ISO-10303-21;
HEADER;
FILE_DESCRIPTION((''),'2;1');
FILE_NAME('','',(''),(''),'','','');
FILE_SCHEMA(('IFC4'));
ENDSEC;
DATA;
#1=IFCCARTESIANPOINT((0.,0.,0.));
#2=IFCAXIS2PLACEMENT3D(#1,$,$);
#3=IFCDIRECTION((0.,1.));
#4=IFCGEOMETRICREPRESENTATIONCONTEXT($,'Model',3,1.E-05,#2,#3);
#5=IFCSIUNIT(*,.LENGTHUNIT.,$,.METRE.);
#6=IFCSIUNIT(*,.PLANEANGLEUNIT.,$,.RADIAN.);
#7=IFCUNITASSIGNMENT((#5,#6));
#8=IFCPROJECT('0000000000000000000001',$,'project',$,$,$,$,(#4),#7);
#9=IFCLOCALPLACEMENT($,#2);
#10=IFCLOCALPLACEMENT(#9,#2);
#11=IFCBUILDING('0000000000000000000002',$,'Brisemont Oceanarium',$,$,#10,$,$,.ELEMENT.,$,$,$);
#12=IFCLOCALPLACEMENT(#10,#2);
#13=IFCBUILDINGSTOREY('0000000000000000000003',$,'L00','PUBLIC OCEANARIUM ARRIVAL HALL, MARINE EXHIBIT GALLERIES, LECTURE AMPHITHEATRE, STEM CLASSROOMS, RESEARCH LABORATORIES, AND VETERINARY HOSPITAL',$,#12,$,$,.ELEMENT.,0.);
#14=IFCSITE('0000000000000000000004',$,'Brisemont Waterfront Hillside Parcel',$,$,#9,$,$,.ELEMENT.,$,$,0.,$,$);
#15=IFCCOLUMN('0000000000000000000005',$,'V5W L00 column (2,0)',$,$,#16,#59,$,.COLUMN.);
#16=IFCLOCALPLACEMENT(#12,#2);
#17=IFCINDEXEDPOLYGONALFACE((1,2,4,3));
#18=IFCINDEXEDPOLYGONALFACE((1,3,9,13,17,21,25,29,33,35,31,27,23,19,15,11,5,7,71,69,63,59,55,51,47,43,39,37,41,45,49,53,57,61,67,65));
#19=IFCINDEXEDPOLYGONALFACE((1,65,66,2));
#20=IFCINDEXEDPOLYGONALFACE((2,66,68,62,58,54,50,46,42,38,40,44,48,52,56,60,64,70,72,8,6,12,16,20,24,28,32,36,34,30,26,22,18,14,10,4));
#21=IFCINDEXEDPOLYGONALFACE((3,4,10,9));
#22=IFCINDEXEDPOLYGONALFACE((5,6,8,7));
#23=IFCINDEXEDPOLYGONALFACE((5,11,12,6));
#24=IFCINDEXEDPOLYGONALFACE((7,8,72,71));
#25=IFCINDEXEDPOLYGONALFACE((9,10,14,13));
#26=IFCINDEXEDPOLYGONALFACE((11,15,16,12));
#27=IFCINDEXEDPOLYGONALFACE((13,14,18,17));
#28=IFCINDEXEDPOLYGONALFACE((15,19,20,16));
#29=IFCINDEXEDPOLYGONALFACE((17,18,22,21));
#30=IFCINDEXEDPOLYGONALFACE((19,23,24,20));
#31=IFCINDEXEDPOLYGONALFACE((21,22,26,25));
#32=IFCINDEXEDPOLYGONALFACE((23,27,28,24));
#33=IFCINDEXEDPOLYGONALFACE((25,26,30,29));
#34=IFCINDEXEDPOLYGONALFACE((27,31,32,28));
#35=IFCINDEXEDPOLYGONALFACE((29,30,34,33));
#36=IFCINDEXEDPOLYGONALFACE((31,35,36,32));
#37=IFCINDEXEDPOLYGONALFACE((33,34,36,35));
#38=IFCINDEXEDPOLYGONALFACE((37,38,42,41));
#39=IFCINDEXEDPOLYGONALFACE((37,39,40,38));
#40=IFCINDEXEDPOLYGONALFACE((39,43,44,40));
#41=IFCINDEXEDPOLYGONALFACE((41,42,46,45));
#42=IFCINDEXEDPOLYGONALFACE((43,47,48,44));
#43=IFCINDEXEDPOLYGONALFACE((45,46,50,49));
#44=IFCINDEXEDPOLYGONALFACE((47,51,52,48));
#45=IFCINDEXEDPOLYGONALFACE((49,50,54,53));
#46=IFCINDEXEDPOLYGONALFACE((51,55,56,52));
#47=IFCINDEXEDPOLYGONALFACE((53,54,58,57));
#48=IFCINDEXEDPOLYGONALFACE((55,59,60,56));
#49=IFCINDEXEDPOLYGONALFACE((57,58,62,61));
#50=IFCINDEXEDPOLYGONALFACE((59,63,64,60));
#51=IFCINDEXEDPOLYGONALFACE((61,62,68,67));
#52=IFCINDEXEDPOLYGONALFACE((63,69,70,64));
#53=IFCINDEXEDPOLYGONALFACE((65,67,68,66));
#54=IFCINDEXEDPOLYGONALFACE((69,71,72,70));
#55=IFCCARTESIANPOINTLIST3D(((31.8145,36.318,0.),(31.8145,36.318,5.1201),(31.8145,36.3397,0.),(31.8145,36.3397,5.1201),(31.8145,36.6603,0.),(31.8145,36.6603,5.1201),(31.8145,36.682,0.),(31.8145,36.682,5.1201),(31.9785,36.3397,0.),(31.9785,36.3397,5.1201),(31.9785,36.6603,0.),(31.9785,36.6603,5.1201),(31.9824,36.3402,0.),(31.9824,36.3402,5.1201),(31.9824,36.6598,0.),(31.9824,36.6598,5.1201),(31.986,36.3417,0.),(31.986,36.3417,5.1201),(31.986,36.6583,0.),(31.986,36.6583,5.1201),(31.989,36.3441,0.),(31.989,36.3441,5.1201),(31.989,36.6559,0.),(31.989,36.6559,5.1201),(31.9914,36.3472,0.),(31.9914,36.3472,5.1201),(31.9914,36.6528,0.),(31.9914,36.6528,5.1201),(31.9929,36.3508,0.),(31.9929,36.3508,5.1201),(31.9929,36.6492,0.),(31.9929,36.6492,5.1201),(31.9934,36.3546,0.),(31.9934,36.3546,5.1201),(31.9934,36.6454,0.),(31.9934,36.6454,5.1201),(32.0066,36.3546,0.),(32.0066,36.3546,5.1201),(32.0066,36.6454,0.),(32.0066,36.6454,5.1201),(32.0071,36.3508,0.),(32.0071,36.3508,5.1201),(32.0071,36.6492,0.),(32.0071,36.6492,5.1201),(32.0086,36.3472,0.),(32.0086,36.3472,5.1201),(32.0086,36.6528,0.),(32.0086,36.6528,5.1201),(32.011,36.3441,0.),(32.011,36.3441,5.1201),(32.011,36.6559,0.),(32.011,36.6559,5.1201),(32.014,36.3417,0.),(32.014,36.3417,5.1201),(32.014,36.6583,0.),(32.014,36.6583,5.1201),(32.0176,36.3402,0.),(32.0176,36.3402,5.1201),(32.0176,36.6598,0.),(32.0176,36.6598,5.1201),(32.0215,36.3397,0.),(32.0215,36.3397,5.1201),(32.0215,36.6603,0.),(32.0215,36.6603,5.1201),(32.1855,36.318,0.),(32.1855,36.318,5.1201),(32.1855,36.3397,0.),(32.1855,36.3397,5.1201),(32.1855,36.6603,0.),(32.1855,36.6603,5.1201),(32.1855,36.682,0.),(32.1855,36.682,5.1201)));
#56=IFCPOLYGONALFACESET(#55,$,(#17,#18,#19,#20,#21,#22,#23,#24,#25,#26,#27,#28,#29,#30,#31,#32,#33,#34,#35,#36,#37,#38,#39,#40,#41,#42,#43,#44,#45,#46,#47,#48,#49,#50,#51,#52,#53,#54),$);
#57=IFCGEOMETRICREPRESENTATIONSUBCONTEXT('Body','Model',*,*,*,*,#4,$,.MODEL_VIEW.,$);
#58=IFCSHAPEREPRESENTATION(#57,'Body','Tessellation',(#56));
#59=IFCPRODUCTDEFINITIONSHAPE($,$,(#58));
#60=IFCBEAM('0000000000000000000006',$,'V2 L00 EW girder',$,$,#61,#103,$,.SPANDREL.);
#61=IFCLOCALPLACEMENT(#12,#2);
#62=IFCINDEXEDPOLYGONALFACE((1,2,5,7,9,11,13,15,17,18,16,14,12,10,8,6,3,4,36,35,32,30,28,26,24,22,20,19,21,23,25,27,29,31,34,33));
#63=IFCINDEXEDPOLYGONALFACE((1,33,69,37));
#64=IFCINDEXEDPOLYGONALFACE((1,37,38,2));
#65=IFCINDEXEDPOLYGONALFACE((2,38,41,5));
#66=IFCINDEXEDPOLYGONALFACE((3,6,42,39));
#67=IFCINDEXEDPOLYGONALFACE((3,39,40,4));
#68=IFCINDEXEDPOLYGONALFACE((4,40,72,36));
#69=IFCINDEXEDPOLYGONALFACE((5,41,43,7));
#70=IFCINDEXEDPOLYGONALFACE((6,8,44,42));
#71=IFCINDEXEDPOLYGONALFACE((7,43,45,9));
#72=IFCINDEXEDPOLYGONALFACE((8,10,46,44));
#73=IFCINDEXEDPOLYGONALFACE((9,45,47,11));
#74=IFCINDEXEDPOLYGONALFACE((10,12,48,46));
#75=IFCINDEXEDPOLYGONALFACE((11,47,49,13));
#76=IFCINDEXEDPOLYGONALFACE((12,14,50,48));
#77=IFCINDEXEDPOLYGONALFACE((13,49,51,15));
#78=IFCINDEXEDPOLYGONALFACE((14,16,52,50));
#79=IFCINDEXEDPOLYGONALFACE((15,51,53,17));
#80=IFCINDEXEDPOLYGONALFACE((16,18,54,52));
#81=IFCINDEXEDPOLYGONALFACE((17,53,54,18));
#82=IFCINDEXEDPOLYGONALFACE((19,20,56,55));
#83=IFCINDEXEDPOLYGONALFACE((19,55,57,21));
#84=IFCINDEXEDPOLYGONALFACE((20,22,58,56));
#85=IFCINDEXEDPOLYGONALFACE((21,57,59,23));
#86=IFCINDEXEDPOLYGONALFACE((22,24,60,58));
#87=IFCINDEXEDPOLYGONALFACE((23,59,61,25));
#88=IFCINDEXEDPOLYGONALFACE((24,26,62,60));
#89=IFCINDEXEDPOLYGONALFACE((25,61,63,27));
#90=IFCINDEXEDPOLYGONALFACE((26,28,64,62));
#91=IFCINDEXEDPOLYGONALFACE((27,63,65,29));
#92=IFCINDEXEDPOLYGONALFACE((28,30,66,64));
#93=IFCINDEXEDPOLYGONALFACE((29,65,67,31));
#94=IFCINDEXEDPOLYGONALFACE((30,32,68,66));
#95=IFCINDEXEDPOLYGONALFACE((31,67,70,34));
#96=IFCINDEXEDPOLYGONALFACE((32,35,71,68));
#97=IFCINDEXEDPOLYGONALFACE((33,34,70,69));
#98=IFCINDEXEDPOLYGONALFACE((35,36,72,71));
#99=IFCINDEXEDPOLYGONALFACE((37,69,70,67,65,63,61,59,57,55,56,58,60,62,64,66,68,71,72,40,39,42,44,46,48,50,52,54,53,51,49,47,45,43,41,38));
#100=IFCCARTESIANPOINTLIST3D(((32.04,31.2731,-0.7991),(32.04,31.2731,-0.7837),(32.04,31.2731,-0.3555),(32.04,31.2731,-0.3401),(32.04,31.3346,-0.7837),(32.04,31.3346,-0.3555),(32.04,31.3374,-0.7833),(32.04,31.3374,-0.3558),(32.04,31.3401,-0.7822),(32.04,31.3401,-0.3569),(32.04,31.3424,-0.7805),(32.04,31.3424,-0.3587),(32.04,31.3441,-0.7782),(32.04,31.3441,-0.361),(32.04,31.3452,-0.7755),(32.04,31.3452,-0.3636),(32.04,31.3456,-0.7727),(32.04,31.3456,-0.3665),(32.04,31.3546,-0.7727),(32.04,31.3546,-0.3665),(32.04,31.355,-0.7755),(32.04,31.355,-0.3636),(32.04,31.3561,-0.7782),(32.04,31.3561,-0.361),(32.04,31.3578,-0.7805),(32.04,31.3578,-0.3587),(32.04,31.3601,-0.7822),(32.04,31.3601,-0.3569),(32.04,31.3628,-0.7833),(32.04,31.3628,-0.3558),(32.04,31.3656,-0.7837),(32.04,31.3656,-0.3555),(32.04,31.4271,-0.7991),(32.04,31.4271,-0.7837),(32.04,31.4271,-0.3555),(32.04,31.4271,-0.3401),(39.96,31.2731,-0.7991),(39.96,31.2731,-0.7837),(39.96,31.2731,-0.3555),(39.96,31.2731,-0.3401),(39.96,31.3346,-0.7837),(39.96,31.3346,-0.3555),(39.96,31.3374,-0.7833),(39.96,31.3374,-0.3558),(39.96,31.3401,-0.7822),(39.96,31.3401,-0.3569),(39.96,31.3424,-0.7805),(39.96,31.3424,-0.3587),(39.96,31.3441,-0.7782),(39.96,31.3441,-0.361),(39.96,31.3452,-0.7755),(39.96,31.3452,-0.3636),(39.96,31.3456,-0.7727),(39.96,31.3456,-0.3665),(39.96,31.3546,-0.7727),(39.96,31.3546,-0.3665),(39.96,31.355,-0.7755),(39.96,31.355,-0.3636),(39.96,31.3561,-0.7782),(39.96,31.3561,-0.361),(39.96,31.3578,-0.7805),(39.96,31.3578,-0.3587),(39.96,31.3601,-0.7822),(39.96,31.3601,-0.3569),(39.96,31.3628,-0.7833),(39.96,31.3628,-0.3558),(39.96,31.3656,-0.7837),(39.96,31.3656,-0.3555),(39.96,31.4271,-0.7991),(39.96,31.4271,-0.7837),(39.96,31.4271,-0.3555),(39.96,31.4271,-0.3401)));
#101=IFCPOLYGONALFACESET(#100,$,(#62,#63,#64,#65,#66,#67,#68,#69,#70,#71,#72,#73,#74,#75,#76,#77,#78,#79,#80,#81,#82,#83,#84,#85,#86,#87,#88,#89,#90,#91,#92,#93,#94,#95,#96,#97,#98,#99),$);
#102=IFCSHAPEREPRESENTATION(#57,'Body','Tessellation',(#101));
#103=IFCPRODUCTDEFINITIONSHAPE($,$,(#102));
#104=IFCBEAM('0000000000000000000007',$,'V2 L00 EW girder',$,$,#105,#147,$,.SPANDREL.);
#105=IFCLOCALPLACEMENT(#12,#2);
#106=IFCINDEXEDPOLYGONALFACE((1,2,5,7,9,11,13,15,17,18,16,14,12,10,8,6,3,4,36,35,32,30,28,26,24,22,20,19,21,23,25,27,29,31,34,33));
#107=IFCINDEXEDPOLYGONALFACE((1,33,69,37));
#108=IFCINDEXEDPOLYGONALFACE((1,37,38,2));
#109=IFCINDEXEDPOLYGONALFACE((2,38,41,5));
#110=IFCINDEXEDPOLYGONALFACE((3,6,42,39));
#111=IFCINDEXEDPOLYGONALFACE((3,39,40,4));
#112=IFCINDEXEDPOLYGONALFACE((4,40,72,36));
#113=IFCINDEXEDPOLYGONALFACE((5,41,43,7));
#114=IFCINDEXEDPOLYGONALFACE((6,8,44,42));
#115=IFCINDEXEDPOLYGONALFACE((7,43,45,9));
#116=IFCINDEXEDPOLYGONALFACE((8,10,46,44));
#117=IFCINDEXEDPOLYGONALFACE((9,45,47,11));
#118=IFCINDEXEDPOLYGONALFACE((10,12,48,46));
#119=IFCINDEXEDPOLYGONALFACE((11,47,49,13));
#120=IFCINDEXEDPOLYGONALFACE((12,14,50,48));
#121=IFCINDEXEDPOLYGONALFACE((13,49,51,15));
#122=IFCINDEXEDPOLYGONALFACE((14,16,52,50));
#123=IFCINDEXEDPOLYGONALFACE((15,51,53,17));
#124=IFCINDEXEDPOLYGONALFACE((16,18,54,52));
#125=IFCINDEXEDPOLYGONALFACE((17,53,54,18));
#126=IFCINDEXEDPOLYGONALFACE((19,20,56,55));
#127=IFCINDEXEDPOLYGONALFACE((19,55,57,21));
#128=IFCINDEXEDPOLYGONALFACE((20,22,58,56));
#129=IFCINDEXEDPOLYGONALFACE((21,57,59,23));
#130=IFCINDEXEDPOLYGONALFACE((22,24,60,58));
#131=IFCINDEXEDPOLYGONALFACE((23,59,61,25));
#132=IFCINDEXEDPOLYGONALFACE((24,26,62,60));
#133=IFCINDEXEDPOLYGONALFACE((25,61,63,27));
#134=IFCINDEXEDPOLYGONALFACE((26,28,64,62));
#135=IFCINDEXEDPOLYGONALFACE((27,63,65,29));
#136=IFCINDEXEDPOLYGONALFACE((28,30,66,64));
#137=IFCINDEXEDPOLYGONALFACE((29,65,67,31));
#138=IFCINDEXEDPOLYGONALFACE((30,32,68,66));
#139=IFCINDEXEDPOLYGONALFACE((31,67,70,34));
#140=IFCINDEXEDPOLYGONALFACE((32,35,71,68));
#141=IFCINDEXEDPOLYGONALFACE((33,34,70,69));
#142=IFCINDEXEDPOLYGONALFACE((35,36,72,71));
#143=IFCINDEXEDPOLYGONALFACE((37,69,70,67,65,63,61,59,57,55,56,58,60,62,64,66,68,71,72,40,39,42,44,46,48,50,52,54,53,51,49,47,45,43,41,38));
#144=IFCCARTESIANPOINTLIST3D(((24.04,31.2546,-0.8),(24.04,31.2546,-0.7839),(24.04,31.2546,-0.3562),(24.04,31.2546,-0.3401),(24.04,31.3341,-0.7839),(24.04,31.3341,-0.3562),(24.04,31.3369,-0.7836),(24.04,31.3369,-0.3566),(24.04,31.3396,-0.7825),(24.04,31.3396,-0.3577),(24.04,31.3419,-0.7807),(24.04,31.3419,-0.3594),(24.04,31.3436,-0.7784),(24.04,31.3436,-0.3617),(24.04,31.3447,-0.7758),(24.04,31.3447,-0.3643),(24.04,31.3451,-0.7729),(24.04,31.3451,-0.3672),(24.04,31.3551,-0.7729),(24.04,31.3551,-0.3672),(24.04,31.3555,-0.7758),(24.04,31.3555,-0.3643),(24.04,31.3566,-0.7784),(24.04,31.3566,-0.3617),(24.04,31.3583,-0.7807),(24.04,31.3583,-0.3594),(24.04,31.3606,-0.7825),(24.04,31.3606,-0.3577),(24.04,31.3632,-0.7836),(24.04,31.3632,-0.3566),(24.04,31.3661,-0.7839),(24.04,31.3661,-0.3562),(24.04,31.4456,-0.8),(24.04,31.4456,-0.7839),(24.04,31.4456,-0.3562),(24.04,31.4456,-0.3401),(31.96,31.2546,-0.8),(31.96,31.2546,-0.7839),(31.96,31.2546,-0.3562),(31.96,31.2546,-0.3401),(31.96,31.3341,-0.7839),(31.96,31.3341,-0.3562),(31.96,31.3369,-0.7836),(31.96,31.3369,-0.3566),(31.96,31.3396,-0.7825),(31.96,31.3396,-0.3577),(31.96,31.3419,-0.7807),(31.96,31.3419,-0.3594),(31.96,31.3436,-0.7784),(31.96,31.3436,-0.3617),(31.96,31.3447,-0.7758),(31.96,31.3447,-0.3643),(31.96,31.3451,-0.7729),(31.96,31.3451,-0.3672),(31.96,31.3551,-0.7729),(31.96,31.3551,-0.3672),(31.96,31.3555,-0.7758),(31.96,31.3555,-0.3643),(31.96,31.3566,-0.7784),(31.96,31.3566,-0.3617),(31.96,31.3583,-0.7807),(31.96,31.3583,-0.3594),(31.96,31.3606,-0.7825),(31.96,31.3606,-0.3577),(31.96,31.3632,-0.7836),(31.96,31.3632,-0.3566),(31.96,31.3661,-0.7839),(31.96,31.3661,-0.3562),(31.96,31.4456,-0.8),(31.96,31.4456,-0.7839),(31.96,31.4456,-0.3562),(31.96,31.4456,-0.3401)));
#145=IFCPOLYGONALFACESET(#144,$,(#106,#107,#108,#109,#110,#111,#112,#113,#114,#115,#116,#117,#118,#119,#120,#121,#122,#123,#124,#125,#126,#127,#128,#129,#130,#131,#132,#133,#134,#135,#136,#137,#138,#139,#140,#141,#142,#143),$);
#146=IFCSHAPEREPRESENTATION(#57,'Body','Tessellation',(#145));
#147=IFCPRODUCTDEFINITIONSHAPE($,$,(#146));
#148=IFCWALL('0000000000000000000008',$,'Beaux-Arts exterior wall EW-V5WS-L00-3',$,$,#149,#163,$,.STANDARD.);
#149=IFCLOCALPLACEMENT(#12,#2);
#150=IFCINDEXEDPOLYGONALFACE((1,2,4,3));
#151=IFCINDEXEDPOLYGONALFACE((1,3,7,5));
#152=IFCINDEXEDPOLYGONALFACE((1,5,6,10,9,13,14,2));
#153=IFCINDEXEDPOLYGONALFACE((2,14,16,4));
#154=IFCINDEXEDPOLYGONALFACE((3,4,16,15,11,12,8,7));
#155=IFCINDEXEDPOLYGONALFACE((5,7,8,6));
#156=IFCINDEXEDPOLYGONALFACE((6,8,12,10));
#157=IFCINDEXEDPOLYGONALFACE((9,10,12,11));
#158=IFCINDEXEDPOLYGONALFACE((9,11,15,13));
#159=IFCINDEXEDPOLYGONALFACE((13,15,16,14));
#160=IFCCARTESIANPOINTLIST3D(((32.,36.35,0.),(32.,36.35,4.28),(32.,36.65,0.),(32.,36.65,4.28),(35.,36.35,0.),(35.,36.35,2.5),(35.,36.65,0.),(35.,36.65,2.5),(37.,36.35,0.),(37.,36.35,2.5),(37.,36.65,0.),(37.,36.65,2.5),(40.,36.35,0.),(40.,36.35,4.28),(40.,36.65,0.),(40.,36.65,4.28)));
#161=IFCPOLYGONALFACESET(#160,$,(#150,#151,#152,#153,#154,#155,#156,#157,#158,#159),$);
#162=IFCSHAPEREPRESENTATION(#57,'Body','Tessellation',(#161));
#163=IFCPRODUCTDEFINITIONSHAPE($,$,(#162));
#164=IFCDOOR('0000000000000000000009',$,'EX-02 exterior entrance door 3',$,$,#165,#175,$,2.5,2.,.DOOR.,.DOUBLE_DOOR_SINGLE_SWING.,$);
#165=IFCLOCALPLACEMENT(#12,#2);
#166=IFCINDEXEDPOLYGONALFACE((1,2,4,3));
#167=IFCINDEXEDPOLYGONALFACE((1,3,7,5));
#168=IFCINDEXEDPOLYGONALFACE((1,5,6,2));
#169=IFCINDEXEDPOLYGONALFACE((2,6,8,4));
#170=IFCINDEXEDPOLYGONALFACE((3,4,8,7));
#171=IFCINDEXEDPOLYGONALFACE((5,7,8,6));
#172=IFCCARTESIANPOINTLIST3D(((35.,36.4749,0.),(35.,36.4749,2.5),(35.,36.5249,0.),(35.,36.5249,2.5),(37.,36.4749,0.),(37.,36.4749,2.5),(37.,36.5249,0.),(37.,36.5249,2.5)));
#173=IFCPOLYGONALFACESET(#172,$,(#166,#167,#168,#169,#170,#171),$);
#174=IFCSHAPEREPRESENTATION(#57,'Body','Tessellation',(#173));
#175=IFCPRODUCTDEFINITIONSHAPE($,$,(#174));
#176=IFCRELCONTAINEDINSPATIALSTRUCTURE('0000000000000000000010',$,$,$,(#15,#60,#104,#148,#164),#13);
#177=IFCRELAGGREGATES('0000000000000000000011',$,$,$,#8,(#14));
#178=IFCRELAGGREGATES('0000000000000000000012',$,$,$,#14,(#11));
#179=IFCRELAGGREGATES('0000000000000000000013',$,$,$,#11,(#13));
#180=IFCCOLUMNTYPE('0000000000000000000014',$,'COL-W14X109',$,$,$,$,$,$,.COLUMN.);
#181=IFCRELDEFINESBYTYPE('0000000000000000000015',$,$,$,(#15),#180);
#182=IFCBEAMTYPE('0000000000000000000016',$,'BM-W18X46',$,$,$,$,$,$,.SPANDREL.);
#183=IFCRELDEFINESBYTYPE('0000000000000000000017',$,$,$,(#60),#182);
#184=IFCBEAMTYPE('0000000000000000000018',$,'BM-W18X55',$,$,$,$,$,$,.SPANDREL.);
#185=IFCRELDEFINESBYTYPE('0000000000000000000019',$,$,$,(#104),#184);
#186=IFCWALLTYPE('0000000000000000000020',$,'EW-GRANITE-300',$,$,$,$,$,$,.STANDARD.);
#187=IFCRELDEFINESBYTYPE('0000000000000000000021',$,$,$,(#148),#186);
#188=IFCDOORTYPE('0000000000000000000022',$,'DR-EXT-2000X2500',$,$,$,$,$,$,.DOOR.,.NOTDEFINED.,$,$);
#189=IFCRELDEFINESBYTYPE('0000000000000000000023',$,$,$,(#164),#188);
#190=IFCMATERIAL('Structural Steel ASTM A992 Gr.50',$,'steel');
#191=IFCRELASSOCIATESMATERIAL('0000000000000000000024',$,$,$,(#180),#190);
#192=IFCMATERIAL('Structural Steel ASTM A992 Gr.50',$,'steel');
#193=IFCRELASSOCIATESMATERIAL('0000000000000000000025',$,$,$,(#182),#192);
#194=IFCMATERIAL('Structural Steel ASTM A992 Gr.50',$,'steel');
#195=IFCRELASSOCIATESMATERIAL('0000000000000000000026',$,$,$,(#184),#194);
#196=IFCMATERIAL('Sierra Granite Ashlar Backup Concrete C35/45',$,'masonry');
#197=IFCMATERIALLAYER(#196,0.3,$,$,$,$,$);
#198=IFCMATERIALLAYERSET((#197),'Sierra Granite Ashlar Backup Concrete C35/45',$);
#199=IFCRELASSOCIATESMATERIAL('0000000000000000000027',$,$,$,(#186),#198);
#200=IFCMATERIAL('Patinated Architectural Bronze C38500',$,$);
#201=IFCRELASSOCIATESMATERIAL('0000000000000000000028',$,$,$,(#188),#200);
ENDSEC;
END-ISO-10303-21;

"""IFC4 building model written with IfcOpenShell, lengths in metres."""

from ifc_helpers import new_model, si_unit, direction, frame, frame_2d, origin, origin_2d, place, context, subcontext, project, spatial, rectangle, i_section, extrude, material, layer, layer_set, material_profile, profile_set, type_object, element, fill, save


model = new_model("IFC4")

# Units and contexts
model_context = context("Model", 3, precision=1e-05, world=origin(), true_north=direction((0.0, 1.0)))
body_context = subcontext(model_context, "Body", "Model", "MODEL_VIEW")
ifc_project = project(units=[si_unit("LENGTHUNIT", "METRE"), si_unit("PLANEANGLEUNIT", "RADIAN")], contexts=[model_context])

# Site, building, storey
site_placement = place(None, origin())
site = spatial("IfcSite", under=ifc_project, at=site_placement, Name="Brisemont Waterfront Hillside Parcel", CompositionType="ELEMENT", RefElevation=0.0)
building_placement = place(site_placement, origin())
building = spatial("IfcBuilding", under=site, at=building_placement, Name="Brisemont Oceanarium", CompositionType="ELEMENT")
storey_placement = place(building_placement, origin())
storey = spatial("IfcBuildingStorey", under=building, at=storey_placement, Name="L00", Description="PUBLIC OCEANARIUM ARRIVAL HALL, MARINE EXHIBIT GALLERIES, LECTURE AMPHITHEATRE, STEM CLASSROOMS, RESEARCH LABORATORIES, AND VETERINARY HOSPITAL", CompositionType="ELEMENT", Elevation=0.0)

# Column
ifc_material_1 = material(Name="Structural Steel ASTM A992 Gr.50", Category="steel")
ifc_material_profile_1 = material_profile(ifc_material_1, i_section(OverallWidth=0.3711, OverallDepth=0.364, WebThickness=0.0132, FlangeThickness=0.0217, FilletRadius=0.0149, at=origin_2d()), Name="W14X109")
ifc_profile_set_1 = profile_set([ifc_material_profile_1], Name="Structural Steel ASTM A992 Gr.50")
column_type_1 = type_object("IfcColumnType", Name="COL-W14X109", PredefinedType="COLUMN", material=ifc_profile_set_1)
column_1_placement = place(storey_placement, frame((32.0, 36.5, 0.0), z_axis=(0.0, 0.0, 1.0), x_axis=(1.0, 0.0, 0.0)))
element("IfcColumn", 1, at=column_1_placement, inside=storey, type_object=column_type_1, Name="V5W L00 column (2,0)", PredefinedType="COLUMN", context=body_context, shape_type="SweptSolid", body=[
    extrude(i_section(OverallWidth=0.3711, OverallDepth=0.364, WebThickness=0.0132, FlangeThickness=0.0217, FilletRadius=0.0149, at=origin_2d()), origin(), (0.0, 0.0, 1.0), 5.1201),
])

# Beams
ifc_material_2 = material(Name="Structural Steel ASTM A992 Gr.50", Category="steel")
ifc_material_profile_2 = material_profile(ifc_material_2, i_section(OverallWidth=0.1541, OverallDepth=0.459, WebThickness=0.009, FlangeThickness=0.0154, FilletRadius=0.011, at=origin_2d()), Name="W18X46")
ifc_profile_set_2 = profile_set([ifc_material_profile_2], Name="Structural Steel ASTM A992 Gr.50")
beam_type_1 = type_object("IfcBeamType", Name="BM-W18X46", PredefinedType="SPANDREL", material=ifc_profile_set_2)
beam_1_placement = place(storey_placement, frame((32.04, 31.3501, -0.5696), z_axis=(1.0, 0.0, 0.0), x_axis=(0.0, 1.0, 0.0)))
element("IfcBeam", 2, at=beam_1_placement, inside=storey, type_object=beam_type_1, Name="V2 L00 EW girder", PredefinedType="SPANDREL", context=body_context, shape_type="SweptSolid", body=[
    extrude(i_section(OverallWidth=0.1541, OverallDepth=0.459, WebThickness=0.009, FlangeThickness=0.0154, FilletRadius=0.011, at=origin_2d()), origin(), (0.0, 0.0, 1.0), 7.9199),
])
ifc_material_3 = material(Name="Structural Steel ASTM A992 Gr.50", Category="steel")
ifc_material_profile_3 = material_profile(ifc_material_3, i_section(OverallWidth=0.1909, OverallDepth=0.46, WebThickness=0.01, FlangeThickness=0.0161, FilletRadius=0.011, at=origin_2d()), Name="W18X55")
ifc_profile_set_3 = profile_set([ifc_material_profile_3], Name="Structural Steel ASTM A992 Gr.50")
beam_type_2 = type_object("IfcBeamType", Name="BM-W18X55", PredefinedType="SPANDREL", material=ifc_profile_set_3)
beam_2_placement = place(storey_placement, frame((24.04, 31.3501, -0.5701), z_axis=(1.0, 0.0, 0.0), x_axis=(0.0, 1.0, 0.0)))
element("IfcBeam", 3, at=beam_2_placement, inside=storey, type_object=beam_type_2, Name="V2 L00 EW girder", PredefinedType="SPANDREL", context=body_context, shape_type="SweptSolid", body=[
    extrude(i_section(OverallWidth=0.1909, OverallDepth=0.46, WebThickness=0.01, FlangeThickness=0.0161, FilletRadius=0.011, at=origin_2d()), origin(), (0.0, 0.0, 1.0), 7.9199),
])

# Wall, opening, door
ifc_material_4 = material(Name="Sierra Granite Ashlar Backup Concrete C35/45", Category="masonry")
ifc_layer_1 = layer(ifc_material_4, 0.3)
ifc_layer_set_1 = layer_set([ifc_layer_1], Name="Sierra Granite Ashlar Backup Concrete C35/45")
wall_type_1 = type_object("IfcWallType", Name="EW-GRANITE-300", PredefinedType="STANDARD", material=ifc_layer_set_1)
wall_1_placement = place(storey_placement, frame((32.0, 36.5, 0.0), z_axis=(0.0, 0.0, 1.0), x_axis=(1.0, 0.0, 0.0)))
wall_1 = element("IfcWall", 4, at=wall_1_placement, inside=storey, type_object=wall_type_1, Name="Beaux-Arts exterior wall EW-V5WS-L00-3", PredefinedType="STANDARD", context=body_context, shape_type="SweptSolid", body=[
    extrude(rectangle(XDim=8.0, YDim=0.3, at=frame_2d((4.0, 0.0))), origin(), (0.0, 0.0, 1.0), 4.28),
])
opening_1_placement = place(wall_1_placement, frame((3.0, 0.0, 0.0)))
opening_1 = element("IfcOpeningElement", 5, at=opening_1_placement, cuts=wall_1, PredefinedType="OPENING", context=body_context, shape_type="SweptSolid", body=[
    extrude(rectangle(XDim=2.0, YDim=2.5, at=frame_2d((1.0, 1.25))), frame((0.0, 0.1599, 0.0), z_axis=(0.0, -1.0, 0.0), x_axis=(1.0, 0.0, 0.0)), (0.0, 0.0, 1.0), 0.3201),
])
ifc_material_5 = material(Name="Patinated Architectural Bronze C38500")
door_type_1 = type_object("IfcDoorType", Name="DR-EXT-2000X2500", OperationType="NOTDEFINED", PredefinedType="DOOR", material=ifc_material_5)
door_1_placement = place(opening_1_placement, origin())
door_1 = element("IfcDoor", 6, at=door_1_placement, inside=storey, type_object=door_type_1, Name="EX-02 exterior entrance door 3", OperationType="DOUBLE_DOOR_SINGLE_SWING", OverallHeight=2.5, OverallWidth=2.0, PredefinedType="DOOR", context=body_context, shape_type="SweptSolid", body=[
    extrude(rectangle(XDim=2.0, YDim=2.5, at=frame_2d((1.0, 1.25))), frame((0.0, 0.0249, 0.0), z_axis=(0.0, -1.0, 0.0), x_axis=(1.0, 0.0, 0.0)), (0.0, 0.0, 1.0), 0.05),
])
fill(opening_1, door_1)

save(model, "model.ifc")
